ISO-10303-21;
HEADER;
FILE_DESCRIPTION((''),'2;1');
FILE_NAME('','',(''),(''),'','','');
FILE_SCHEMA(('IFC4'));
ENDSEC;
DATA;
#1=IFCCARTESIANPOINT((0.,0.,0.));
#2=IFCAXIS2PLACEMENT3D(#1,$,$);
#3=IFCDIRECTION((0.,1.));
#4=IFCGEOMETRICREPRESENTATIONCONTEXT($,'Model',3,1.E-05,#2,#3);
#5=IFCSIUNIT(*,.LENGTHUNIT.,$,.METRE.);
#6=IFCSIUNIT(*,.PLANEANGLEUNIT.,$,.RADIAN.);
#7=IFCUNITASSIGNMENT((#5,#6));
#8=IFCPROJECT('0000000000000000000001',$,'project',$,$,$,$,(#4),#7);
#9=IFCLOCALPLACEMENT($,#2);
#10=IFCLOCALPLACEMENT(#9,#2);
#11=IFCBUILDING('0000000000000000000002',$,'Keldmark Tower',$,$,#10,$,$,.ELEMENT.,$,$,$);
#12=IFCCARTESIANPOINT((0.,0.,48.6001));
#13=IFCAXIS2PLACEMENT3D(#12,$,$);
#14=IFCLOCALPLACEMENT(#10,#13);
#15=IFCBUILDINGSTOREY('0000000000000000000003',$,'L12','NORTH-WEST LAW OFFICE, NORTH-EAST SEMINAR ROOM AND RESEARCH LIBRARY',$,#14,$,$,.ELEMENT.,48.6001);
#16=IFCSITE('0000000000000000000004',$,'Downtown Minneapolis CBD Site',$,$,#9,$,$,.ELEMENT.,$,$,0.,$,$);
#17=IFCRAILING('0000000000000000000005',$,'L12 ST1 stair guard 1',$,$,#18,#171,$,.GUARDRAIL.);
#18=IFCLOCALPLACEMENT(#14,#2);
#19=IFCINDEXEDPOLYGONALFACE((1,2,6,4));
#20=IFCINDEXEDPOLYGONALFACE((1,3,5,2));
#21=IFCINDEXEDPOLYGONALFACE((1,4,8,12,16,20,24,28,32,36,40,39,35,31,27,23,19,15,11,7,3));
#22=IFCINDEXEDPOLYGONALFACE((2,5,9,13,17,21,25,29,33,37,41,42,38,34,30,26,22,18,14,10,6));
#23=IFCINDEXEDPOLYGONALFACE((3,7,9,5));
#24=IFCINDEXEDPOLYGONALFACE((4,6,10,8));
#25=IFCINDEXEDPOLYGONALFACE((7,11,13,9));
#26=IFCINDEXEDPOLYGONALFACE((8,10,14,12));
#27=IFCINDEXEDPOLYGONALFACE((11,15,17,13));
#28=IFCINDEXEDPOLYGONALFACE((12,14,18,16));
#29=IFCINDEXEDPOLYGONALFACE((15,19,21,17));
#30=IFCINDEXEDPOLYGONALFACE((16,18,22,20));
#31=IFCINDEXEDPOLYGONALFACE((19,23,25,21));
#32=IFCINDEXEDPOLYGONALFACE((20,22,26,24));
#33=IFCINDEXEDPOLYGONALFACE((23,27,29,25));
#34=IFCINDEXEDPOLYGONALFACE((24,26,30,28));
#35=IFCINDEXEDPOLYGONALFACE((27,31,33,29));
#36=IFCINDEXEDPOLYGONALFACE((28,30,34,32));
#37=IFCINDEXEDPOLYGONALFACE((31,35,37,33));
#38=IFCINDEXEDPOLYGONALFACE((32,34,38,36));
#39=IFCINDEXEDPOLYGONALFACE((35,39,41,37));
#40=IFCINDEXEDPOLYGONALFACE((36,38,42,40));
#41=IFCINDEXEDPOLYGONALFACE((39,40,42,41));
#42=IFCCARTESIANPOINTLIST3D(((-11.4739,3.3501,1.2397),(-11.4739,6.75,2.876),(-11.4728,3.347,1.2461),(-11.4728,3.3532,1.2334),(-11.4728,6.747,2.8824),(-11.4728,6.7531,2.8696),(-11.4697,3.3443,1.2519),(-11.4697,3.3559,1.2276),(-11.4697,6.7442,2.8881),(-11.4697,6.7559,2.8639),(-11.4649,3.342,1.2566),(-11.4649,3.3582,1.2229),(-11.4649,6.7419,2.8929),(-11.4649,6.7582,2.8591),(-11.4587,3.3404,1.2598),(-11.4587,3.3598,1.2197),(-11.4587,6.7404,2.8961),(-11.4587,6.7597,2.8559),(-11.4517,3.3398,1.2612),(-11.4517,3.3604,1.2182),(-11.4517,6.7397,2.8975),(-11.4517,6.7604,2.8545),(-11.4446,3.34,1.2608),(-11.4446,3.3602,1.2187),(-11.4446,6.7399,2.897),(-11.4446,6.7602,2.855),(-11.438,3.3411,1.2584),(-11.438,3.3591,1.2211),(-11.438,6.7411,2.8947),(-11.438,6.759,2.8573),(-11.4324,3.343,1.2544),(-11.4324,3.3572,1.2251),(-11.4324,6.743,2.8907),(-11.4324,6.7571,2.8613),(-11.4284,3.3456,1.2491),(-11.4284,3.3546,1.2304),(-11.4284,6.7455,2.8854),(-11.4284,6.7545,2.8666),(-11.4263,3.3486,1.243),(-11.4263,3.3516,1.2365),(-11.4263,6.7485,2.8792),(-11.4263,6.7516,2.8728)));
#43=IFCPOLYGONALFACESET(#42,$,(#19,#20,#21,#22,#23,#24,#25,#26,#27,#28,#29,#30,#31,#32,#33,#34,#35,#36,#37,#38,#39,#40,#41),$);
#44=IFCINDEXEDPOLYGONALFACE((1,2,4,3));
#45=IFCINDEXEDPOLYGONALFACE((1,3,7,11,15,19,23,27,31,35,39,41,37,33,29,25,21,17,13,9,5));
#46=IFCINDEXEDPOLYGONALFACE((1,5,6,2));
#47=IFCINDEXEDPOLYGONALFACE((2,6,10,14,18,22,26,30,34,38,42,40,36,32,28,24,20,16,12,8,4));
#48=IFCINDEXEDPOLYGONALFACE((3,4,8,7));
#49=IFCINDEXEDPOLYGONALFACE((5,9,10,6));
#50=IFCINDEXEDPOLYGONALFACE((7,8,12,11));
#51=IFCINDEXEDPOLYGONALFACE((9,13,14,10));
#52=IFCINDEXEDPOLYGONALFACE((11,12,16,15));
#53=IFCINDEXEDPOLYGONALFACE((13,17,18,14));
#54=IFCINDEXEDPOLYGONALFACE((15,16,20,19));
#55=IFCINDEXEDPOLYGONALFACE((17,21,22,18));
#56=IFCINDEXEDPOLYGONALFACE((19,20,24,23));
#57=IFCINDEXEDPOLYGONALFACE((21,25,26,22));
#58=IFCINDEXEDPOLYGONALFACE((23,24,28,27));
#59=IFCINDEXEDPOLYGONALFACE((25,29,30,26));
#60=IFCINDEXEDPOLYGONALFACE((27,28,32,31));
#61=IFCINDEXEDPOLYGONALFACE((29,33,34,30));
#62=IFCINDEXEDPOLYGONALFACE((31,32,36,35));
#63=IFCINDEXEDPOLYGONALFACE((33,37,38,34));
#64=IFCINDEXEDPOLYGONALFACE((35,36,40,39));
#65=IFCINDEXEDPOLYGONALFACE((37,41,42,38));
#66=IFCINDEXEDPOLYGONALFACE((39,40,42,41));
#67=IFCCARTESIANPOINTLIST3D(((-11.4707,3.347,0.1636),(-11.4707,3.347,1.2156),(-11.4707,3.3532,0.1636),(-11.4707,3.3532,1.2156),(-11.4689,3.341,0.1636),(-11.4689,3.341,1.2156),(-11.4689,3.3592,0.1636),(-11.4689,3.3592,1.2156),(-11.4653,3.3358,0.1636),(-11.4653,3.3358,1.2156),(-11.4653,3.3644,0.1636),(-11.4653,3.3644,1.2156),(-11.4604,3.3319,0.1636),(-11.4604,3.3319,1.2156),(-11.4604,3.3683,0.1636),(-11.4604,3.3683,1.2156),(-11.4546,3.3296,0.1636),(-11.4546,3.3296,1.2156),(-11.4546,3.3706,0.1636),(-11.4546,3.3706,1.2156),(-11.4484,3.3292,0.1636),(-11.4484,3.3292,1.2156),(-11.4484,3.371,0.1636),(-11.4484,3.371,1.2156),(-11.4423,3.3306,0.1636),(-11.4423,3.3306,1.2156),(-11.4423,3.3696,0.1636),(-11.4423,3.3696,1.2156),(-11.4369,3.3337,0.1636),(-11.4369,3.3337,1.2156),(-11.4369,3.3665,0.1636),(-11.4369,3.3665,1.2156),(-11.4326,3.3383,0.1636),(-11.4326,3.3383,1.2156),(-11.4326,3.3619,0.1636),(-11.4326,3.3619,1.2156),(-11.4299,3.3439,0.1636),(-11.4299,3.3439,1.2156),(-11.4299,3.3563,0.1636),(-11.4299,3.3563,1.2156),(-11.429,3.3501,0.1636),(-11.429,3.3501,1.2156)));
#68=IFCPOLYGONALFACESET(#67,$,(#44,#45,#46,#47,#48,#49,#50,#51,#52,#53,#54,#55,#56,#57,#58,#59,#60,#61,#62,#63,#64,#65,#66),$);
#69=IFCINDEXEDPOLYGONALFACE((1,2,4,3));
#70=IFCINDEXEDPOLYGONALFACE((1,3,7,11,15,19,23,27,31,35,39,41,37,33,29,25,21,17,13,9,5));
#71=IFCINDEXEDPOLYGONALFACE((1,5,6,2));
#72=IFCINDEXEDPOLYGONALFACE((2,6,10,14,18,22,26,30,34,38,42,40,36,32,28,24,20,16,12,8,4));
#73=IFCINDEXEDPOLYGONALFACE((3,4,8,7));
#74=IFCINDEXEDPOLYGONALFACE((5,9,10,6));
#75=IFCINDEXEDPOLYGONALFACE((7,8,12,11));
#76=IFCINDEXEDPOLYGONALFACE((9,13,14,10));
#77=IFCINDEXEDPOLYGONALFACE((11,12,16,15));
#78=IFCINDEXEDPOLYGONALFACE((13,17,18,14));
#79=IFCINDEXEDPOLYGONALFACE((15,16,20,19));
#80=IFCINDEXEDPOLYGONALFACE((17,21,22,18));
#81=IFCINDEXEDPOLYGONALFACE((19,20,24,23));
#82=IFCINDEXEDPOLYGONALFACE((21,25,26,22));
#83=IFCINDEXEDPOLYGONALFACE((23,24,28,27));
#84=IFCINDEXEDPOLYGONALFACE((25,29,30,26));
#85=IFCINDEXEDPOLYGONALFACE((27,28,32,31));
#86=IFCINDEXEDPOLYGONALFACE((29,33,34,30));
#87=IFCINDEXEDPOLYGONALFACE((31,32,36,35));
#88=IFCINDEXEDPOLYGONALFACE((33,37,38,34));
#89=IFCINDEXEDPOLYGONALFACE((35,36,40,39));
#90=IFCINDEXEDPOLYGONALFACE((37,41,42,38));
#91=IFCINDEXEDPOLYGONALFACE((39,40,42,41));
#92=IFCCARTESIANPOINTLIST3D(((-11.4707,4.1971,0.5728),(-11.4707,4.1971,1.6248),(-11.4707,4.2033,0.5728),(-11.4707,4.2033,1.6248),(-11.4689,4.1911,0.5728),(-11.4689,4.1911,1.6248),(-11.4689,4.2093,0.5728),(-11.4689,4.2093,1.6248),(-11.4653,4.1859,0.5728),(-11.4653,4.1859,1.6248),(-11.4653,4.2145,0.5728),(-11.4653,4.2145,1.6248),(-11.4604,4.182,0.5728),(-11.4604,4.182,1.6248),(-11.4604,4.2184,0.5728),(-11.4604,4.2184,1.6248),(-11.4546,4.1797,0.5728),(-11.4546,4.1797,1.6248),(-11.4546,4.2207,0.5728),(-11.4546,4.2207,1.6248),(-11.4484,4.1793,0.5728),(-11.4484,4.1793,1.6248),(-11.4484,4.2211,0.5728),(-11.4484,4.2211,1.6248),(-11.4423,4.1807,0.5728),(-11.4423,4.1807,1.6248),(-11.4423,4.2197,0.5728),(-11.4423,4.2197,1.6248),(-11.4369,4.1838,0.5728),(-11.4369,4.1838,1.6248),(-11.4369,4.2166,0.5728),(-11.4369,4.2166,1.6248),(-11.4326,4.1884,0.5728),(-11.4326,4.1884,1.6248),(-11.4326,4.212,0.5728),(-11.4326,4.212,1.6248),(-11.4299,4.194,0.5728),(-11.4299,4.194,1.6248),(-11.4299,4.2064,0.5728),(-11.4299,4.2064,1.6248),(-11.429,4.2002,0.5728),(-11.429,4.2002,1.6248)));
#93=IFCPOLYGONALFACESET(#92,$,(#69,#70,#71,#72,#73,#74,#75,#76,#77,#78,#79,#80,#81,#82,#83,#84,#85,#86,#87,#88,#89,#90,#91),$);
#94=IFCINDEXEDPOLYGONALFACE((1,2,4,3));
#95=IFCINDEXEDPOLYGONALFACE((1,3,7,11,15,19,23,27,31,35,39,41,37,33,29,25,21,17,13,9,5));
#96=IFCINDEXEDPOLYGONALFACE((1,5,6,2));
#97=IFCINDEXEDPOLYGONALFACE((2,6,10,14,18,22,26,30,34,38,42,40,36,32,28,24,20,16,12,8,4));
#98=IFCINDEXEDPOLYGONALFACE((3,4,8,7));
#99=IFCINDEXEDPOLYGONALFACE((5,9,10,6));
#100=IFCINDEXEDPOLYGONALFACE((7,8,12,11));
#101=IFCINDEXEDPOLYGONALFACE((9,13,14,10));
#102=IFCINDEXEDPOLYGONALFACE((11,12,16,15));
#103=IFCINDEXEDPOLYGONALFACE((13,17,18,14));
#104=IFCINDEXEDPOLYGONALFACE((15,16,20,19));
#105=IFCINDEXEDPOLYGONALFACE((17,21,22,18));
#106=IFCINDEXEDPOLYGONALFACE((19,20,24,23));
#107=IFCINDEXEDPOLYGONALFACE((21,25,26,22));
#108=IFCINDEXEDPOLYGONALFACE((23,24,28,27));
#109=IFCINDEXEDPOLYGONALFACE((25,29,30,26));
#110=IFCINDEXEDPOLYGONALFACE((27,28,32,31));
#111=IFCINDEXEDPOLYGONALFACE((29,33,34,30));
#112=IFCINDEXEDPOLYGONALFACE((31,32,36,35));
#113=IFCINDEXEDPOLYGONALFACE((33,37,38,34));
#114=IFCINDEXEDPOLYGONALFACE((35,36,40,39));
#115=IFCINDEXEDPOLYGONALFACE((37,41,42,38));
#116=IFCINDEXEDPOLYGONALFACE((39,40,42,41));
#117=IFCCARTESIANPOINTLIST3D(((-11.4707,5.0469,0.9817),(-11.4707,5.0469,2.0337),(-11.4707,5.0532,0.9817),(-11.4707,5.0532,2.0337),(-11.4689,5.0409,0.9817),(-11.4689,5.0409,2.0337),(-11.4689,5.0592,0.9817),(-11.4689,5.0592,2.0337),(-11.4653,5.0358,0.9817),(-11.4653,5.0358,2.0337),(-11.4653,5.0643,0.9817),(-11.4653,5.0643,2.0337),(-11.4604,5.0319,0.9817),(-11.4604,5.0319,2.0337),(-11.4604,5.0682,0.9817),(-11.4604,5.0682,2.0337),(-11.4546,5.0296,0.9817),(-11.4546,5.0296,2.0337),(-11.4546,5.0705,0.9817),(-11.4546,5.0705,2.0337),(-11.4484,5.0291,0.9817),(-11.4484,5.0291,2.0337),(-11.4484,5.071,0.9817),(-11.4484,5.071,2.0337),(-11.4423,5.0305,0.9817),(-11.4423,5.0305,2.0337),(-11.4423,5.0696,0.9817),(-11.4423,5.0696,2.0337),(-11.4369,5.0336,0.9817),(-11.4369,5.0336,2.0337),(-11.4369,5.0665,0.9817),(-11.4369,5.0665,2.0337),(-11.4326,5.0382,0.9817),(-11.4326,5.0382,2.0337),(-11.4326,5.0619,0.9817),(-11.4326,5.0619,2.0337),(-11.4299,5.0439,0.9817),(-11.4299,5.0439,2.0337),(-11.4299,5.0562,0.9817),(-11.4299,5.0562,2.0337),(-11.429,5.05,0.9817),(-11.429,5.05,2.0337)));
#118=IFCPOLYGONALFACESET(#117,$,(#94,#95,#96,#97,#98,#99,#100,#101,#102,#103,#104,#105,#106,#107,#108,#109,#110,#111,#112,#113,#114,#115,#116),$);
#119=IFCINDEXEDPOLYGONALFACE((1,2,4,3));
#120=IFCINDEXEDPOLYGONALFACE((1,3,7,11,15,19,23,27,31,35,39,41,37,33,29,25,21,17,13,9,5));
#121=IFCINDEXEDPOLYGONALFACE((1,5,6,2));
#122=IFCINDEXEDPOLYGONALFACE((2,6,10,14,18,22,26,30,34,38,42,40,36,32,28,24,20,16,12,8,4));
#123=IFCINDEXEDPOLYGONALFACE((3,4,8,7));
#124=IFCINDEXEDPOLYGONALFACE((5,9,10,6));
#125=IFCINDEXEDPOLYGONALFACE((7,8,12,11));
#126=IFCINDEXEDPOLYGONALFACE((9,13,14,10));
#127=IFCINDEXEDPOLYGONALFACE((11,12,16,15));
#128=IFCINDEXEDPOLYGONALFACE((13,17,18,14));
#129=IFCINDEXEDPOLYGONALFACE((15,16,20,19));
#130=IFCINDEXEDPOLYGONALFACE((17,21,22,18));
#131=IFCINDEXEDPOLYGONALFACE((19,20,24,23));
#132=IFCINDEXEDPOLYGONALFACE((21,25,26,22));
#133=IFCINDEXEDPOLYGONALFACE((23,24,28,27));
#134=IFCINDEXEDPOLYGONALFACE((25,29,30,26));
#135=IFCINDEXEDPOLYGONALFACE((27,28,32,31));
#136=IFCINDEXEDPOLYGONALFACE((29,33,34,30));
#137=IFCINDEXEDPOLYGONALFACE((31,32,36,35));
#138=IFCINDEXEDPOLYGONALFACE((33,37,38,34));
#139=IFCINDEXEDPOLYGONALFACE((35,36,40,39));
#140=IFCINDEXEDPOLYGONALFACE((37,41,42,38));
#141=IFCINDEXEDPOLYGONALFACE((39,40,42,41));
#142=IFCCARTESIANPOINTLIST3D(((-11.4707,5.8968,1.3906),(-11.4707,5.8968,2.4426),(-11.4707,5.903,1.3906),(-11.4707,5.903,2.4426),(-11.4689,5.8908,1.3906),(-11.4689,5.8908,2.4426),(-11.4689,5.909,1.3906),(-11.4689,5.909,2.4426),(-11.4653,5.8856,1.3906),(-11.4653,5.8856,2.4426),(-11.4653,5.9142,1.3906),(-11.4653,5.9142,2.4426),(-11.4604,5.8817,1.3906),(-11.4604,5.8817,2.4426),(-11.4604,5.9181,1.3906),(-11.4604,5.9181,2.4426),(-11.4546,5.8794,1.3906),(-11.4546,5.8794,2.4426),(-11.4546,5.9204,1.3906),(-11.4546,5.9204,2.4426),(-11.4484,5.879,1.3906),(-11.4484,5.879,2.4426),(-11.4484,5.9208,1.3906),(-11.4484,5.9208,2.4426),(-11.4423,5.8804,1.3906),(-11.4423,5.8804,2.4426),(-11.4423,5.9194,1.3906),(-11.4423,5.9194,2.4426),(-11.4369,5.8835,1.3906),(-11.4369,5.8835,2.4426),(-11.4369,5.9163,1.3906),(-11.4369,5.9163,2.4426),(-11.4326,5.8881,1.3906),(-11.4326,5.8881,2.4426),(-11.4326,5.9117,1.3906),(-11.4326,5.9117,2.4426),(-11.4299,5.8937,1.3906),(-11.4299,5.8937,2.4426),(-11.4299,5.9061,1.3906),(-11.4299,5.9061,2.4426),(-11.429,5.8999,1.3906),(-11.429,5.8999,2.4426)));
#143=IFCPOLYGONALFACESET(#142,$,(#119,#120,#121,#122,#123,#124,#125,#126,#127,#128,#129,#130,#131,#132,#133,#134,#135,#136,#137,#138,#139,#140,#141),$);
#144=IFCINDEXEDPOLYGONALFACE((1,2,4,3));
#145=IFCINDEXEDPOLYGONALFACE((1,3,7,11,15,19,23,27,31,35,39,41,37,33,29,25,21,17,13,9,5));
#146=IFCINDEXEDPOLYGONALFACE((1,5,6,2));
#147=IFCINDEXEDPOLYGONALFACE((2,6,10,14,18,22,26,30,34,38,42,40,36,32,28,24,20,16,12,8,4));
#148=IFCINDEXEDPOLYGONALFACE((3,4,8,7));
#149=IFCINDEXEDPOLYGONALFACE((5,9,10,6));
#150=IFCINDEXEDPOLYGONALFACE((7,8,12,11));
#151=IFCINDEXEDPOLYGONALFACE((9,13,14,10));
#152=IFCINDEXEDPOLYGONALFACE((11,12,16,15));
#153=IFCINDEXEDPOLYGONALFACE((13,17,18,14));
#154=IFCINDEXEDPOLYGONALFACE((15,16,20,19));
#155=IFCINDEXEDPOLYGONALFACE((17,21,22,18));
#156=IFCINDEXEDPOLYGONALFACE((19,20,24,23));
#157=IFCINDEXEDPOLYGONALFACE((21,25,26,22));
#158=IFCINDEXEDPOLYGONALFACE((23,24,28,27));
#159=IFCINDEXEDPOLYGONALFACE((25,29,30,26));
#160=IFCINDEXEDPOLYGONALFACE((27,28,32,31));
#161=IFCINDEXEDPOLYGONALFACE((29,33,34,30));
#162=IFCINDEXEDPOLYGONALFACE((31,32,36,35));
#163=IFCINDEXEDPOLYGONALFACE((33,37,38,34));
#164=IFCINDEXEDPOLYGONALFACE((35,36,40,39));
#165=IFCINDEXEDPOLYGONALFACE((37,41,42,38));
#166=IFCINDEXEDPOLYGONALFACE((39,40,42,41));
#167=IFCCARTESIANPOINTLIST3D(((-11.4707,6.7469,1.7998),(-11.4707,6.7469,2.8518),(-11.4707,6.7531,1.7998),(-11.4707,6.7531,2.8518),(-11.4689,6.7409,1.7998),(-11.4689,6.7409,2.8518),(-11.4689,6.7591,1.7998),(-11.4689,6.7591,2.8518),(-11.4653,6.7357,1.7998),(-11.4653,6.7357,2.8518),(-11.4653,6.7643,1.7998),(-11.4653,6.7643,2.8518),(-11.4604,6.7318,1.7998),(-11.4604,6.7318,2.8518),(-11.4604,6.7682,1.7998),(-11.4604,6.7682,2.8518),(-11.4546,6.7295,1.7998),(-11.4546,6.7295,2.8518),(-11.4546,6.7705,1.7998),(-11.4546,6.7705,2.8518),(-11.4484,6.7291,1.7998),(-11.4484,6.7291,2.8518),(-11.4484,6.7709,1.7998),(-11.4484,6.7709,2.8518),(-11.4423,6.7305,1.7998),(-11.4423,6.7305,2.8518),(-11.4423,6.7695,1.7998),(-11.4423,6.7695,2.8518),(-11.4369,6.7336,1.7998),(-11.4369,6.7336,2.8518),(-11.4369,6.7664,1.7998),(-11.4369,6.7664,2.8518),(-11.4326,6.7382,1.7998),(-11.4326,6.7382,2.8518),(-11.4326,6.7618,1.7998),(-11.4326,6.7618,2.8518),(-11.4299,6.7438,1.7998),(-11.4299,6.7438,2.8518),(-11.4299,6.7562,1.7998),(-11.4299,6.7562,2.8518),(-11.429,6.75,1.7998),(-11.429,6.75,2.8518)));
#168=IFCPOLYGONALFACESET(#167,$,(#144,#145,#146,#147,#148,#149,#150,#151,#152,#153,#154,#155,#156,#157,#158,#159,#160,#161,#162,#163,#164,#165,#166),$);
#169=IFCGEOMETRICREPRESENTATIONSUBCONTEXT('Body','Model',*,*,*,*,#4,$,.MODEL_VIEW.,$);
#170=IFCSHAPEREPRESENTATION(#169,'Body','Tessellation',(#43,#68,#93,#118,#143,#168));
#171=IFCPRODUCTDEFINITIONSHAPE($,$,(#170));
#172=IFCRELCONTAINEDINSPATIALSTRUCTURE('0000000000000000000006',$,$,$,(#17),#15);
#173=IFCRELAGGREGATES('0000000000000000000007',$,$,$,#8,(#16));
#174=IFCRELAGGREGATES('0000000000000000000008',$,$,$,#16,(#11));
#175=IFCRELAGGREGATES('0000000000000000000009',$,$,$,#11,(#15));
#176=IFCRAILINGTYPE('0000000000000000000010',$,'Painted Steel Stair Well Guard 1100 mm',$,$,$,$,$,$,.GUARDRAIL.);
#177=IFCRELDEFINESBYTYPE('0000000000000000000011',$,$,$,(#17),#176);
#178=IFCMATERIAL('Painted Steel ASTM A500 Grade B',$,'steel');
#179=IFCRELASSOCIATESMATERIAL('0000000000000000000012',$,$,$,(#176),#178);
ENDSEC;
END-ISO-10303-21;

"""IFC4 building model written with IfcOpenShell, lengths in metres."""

from ifc_helpers import new_model, si_unit, direction, frame, origin, origin_2d, place, context, subcontext, project, spatial, circle, extrude, material, type_object, element, save


model = new_model("IFC4")

# Units and contexts
model_context = context("Model", 3, precision=1e-05, world=origin(), true_north=direction((0.0, 1.0)))
body_context = subcontext(model_context, "Body", "Model", "MODEL_VIEW")
ifc_project = project(units=[si_unit("LENGTHUNIT", "METRE"), si_unit("PLANEANGLEUNIT", "RADIAN")], contexts=[model_context])

# Site, building, storey
site_placement = place(None, origin())
site = spatial("IfcSite", under=ifc_project, at=site_placement, Name="Downtown Minneapolis CBD Site", CompositionType="ELEMENT", RefElevation=0.0)
building_placement = place(site_placement, origin())
building = spatial("IfcBuilding", under=site, at=building_placement, Name="Keldmark Tower", CompositionType="ELEMENT")
storey_placement = place(building_placement, frame((0.0, 0.0, 48.6001)))
storey = spatial("IfcBuildingStorey", under=building, at=storey_placement, Name="L12", Description="NORTH-WEST LAW OFFICE, NORTH-EAST SEMINAR ROOM AND RESEARCH LIBRARY", CompositionType="ELEMENT", Elevation=48.6001)

# Railing
ifc_material_1 = material(Name="Painted Steel ASTM A500 Grade B", Category="steel")
railing_type_1 = type_object("IfcRailingType", Name="Painted Steel Stair Well Guard 1100 mm", PredefinedType="GUARDRAIL", material=ifc_material_1)
railing_1_placement = place(storey_placement, frame((-11.45, 3.3501, 0.1636)))
element("IfcRailing", 1, at=railing_1_placement, inside=storey, type_object=railing_type_1, Name="L12 ST1 stair guard 1", PredefinedType="GUARDRAIL", context=body_context, shape_type="SweptSolid", body=[
    extrude(circle(Radius=0.0239, at=origin_2d()), frame((0.0, 0.0, 1.0762), z_axis=(0.0, 0.90108, 0.433652), x_axis=(-1.0, 0.0, 0.0)), (0.0, 0.0, 1.0), 3.7732),
    extrude(circle(Radius=0.021, at=origin_2d()), origin(), (0.0, 0.0, 1.0), 1.052),
    extrude(circle(Radius=0.021, at=origin_2d()), frame((0.0, 0.8501, 0.4092)), (0.0, 0.0, 1.0), 1.052),
    extrude(circle(Radius=0.021, at=origin_2d()), frame((0.0, 1.7, 0.8181)), (0.0, 0.0, 1.0), 1.052),
    extrude(circle(Radius=0.021, at=origin_2d()), frame((0.0, 2.5498, 1.2271)), (0.0, 0.0, 1.0), 1.052),
    extrude(circle(Radius=0.021, at=origin_2d()), frame((0.0, 3.3999, 1.6362)), (0.0, 0.0, 1.0), 1.052),
])

save(model, "model.ifc")
